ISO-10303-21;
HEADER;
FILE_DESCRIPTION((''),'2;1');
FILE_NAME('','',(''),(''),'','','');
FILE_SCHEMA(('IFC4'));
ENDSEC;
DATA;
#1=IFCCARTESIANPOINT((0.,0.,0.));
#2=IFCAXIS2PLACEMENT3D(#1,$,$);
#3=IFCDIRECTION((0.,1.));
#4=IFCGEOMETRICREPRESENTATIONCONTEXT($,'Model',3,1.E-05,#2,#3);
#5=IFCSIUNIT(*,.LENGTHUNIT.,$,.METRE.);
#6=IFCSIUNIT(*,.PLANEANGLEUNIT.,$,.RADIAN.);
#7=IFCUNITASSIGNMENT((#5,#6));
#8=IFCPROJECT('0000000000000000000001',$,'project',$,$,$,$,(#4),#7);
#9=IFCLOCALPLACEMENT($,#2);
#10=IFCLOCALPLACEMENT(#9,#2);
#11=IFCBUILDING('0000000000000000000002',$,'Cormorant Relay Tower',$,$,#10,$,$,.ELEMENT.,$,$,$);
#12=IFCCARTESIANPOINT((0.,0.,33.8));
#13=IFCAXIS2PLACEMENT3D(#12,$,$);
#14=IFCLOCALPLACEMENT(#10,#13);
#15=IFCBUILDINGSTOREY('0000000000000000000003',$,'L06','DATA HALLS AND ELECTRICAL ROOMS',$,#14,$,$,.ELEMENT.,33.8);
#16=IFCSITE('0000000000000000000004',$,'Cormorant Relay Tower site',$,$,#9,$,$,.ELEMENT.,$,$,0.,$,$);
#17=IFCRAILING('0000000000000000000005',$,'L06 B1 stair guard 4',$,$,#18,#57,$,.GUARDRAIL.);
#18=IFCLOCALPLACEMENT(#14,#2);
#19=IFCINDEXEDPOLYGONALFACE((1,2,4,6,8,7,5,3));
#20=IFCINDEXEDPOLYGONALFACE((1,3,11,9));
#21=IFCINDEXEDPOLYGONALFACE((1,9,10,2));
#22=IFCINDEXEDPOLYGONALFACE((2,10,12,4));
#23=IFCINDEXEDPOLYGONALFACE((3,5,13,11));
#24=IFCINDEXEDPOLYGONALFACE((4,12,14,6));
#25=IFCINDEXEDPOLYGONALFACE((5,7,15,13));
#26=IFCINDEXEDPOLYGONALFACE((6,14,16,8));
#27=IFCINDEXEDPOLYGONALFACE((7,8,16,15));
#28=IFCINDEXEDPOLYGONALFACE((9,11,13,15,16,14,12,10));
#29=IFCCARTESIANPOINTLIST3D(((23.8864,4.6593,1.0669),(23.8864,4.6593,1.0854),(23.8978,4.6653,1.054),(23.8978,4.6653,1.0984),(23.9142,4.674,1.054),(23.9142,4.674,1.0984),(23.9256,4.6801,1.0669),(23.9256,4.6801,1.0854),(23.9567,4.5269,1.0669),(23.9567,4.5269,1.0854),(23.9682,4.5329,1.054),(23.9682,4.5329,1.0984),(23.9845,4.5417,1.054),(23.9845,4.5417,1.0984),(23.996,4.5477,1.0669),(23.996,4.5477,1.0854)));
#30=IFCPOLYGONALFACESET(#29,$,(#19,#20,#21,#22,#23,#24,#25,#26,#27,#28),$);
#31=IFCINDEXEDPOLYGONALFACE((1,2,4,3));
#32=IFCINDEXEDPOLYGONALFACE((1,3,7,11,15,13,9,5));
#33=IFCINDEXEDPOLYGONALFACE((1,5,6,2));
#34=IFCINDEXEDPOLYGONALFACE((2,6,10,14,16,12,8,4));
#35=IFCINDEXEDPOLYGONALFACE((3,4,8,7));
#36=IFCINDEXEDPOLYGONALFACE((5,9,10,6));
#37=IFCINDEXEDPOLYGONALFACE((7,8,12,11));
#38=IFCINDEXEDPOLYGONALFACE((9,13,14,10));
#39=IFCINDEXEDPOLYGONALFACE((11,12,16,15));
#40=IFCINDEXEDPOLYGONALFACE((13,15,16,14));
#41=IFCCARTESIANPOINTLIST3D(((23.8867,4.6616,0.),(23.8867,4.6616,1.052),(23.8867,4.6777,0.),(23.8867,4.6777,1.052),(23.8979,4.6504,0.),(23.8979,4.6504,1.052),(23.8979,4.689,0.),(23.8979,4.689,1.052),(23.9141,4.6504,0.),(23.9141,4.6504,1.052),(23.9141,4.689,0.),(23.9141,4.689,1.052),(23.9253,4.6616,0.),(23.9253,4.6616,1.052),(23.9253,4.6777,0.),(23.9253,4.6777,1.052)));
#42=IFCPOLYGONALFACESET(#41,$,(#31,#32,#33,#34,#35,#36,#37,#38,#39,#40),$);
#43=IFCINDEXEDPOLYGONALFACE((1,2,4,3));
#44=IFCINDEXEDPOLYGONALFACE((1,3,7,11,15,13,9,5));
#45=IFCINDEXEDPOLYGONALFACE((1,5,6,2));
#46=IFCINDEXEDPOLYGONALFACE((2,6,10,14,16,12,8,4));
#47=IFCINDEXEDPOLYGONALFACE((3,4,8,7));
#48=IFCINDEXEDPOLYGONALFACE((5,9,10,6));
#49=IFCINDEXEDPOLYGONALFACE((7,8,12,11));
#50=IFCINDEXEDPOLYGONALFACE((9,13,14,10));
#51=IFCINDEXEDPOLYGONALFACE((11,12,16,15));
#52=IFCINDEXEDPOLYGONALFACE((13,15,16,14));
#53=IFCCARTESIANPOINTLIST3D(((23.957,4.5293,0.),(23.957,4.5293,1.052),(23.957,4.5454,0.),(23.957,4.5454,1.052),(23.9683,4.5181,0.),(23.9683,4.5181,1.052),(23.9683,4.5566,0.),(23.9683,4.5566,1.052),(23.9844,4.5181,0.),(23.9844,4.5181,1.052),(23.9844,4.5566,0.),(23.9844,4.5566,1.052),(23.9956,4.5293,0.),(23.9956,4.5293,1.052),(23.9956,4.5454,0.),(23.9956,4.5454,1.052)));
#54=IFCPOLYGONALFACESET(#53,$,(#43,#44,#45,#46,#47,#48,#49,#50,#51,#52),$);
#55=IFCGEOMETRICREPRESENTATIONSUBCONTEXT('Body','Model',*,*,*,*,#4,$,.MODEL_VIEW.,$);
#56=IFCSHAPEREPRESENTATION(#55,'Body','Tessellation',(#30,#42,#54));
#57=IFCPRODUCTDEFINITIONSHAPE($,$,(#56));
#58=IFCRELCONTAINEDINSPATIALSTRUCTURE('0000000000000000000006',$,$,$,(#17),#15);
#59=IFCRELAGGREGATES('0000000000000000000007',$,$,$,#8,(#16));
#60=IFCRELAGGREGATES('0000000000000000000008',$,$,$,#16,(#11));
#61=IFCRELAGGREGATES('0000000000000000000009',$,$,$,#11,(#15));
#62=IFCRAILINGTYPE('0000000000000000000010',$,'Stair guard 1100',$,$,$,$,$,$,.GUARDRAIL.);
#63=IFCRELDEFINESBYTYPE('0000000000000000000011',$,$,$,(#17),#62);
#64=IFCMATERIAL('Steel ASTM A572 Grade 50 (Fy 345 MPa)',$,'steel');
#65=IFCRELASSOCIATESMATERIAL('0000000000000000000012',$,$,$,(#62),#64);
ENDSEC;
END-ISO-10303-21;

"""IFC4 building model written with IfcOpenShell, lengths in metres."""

from ifc_helpers import new_model, si_unit, direction, frame, origin, place, context, subcontext, project, spatial, polyline, outline, extrude, material, type_object, element, save


model = new_model("IFC4")

# Units and contexts
model_context = context("Model", 3, precision=1e-05, world=origin(), true_north=direction((0.0, 1.0)))
body_context = subcontext(model_context, "Body", "Model", "MODEL_VIEW")
ifc_project = project(units=[si_unit("LENGTHUNIT", "METRE"), si_unit("PLANEANGLEUNIT", "RADIAN")], contexts=[model_context])

# Site, building, storey
site_placement = place(None, origin())
site = spatial("IfcSite", under=ifc_project, at=site_placement, Name="Cormorant Relay Tower site", CompositionType="ELEMENT", RefElevation=0.0)
building_placement = place(site_placement, origin())
building = spatial("IfcBuilding", under=site, at=building_placement, Name="Cormorant Relay Tower", CompositionType="ELEMENT")
storey_placement = place(building_placement, frame((0.0, 0.0, 33.8)))
storey = spatial("IfcBuildingStorey", under=building, at=storey_placement, Name="L06", Description="DATA HALLS AND ELECTRICAL ROOMS", CompositionType="ELEMENT", Elevation=33.8)

# Railing
ifc_material_1 = material(Name="Steel ASTM A572 Grade 50 (Fy 345 MPa)", Category="steel")
railing_type = type_object("IfcRailingType", Name="Stair guard 1100", PredefinedType="GUARDRAIL", material=ifc_material_1)
railing_placement = place(storey_placement, frame((23.906, 4.6697, 0.0)))
element("IfcRailing", 1, at=railing_placement, inside=storey, type_object=railing_type, Name="L06 B1 stair guard 4", PredefinedType="GUARDRAIL", context=body_context, shape_type="SweptSolid", body=[
    extrude(outline(polyline([(0.0222, 0.0093), (0.0093, 0.0222), (-0.0093, 0.0222), (-0.0222, 0.0093), (-0.0222, -0.0093), (-0.0093, -0.0222), (0.0093, -0.0222), (0.0222, -0.0093), (0.0222, 0.0093)])), frame((0.0, 0.0, 1.0762), z_axis=(0.469235, -0.883074, 0.0), x_axis=(0.883074, 0.469235, 0.0)), (0.0, 0.0, 1.0), 0.1499),
    extrude(outline(polyline([(0.0193, 0.0081), (0.0081, 0.0193), (-0.0081, 0.0193), (-0.0193, 0.0081), (-0.0193, -0.0081), (-0.0081, -0.0193), (0.0081, -0.0193), (0.0193, -0.0081), (0.0193, 0.0081)])), origin(), (0.0, 0.0, 1.0), 1.052),
    extrude(outline(polyline([(0.0193, 0.0081), (0.0081, 0.0193), (-0.0081, 0.0193), (-0.0193, 0.0081), (-0.0193, -0.0081), (-0.0081, -0.0193), (0.0081, -0.0193), (0.0193, -0.0081), (0.0193, 0.0081)])), frame((0.0703, -0.1323, 0.0)), (0.0, 0.0, 1.0), 1.052),
])

save(model, "model.ifc")
